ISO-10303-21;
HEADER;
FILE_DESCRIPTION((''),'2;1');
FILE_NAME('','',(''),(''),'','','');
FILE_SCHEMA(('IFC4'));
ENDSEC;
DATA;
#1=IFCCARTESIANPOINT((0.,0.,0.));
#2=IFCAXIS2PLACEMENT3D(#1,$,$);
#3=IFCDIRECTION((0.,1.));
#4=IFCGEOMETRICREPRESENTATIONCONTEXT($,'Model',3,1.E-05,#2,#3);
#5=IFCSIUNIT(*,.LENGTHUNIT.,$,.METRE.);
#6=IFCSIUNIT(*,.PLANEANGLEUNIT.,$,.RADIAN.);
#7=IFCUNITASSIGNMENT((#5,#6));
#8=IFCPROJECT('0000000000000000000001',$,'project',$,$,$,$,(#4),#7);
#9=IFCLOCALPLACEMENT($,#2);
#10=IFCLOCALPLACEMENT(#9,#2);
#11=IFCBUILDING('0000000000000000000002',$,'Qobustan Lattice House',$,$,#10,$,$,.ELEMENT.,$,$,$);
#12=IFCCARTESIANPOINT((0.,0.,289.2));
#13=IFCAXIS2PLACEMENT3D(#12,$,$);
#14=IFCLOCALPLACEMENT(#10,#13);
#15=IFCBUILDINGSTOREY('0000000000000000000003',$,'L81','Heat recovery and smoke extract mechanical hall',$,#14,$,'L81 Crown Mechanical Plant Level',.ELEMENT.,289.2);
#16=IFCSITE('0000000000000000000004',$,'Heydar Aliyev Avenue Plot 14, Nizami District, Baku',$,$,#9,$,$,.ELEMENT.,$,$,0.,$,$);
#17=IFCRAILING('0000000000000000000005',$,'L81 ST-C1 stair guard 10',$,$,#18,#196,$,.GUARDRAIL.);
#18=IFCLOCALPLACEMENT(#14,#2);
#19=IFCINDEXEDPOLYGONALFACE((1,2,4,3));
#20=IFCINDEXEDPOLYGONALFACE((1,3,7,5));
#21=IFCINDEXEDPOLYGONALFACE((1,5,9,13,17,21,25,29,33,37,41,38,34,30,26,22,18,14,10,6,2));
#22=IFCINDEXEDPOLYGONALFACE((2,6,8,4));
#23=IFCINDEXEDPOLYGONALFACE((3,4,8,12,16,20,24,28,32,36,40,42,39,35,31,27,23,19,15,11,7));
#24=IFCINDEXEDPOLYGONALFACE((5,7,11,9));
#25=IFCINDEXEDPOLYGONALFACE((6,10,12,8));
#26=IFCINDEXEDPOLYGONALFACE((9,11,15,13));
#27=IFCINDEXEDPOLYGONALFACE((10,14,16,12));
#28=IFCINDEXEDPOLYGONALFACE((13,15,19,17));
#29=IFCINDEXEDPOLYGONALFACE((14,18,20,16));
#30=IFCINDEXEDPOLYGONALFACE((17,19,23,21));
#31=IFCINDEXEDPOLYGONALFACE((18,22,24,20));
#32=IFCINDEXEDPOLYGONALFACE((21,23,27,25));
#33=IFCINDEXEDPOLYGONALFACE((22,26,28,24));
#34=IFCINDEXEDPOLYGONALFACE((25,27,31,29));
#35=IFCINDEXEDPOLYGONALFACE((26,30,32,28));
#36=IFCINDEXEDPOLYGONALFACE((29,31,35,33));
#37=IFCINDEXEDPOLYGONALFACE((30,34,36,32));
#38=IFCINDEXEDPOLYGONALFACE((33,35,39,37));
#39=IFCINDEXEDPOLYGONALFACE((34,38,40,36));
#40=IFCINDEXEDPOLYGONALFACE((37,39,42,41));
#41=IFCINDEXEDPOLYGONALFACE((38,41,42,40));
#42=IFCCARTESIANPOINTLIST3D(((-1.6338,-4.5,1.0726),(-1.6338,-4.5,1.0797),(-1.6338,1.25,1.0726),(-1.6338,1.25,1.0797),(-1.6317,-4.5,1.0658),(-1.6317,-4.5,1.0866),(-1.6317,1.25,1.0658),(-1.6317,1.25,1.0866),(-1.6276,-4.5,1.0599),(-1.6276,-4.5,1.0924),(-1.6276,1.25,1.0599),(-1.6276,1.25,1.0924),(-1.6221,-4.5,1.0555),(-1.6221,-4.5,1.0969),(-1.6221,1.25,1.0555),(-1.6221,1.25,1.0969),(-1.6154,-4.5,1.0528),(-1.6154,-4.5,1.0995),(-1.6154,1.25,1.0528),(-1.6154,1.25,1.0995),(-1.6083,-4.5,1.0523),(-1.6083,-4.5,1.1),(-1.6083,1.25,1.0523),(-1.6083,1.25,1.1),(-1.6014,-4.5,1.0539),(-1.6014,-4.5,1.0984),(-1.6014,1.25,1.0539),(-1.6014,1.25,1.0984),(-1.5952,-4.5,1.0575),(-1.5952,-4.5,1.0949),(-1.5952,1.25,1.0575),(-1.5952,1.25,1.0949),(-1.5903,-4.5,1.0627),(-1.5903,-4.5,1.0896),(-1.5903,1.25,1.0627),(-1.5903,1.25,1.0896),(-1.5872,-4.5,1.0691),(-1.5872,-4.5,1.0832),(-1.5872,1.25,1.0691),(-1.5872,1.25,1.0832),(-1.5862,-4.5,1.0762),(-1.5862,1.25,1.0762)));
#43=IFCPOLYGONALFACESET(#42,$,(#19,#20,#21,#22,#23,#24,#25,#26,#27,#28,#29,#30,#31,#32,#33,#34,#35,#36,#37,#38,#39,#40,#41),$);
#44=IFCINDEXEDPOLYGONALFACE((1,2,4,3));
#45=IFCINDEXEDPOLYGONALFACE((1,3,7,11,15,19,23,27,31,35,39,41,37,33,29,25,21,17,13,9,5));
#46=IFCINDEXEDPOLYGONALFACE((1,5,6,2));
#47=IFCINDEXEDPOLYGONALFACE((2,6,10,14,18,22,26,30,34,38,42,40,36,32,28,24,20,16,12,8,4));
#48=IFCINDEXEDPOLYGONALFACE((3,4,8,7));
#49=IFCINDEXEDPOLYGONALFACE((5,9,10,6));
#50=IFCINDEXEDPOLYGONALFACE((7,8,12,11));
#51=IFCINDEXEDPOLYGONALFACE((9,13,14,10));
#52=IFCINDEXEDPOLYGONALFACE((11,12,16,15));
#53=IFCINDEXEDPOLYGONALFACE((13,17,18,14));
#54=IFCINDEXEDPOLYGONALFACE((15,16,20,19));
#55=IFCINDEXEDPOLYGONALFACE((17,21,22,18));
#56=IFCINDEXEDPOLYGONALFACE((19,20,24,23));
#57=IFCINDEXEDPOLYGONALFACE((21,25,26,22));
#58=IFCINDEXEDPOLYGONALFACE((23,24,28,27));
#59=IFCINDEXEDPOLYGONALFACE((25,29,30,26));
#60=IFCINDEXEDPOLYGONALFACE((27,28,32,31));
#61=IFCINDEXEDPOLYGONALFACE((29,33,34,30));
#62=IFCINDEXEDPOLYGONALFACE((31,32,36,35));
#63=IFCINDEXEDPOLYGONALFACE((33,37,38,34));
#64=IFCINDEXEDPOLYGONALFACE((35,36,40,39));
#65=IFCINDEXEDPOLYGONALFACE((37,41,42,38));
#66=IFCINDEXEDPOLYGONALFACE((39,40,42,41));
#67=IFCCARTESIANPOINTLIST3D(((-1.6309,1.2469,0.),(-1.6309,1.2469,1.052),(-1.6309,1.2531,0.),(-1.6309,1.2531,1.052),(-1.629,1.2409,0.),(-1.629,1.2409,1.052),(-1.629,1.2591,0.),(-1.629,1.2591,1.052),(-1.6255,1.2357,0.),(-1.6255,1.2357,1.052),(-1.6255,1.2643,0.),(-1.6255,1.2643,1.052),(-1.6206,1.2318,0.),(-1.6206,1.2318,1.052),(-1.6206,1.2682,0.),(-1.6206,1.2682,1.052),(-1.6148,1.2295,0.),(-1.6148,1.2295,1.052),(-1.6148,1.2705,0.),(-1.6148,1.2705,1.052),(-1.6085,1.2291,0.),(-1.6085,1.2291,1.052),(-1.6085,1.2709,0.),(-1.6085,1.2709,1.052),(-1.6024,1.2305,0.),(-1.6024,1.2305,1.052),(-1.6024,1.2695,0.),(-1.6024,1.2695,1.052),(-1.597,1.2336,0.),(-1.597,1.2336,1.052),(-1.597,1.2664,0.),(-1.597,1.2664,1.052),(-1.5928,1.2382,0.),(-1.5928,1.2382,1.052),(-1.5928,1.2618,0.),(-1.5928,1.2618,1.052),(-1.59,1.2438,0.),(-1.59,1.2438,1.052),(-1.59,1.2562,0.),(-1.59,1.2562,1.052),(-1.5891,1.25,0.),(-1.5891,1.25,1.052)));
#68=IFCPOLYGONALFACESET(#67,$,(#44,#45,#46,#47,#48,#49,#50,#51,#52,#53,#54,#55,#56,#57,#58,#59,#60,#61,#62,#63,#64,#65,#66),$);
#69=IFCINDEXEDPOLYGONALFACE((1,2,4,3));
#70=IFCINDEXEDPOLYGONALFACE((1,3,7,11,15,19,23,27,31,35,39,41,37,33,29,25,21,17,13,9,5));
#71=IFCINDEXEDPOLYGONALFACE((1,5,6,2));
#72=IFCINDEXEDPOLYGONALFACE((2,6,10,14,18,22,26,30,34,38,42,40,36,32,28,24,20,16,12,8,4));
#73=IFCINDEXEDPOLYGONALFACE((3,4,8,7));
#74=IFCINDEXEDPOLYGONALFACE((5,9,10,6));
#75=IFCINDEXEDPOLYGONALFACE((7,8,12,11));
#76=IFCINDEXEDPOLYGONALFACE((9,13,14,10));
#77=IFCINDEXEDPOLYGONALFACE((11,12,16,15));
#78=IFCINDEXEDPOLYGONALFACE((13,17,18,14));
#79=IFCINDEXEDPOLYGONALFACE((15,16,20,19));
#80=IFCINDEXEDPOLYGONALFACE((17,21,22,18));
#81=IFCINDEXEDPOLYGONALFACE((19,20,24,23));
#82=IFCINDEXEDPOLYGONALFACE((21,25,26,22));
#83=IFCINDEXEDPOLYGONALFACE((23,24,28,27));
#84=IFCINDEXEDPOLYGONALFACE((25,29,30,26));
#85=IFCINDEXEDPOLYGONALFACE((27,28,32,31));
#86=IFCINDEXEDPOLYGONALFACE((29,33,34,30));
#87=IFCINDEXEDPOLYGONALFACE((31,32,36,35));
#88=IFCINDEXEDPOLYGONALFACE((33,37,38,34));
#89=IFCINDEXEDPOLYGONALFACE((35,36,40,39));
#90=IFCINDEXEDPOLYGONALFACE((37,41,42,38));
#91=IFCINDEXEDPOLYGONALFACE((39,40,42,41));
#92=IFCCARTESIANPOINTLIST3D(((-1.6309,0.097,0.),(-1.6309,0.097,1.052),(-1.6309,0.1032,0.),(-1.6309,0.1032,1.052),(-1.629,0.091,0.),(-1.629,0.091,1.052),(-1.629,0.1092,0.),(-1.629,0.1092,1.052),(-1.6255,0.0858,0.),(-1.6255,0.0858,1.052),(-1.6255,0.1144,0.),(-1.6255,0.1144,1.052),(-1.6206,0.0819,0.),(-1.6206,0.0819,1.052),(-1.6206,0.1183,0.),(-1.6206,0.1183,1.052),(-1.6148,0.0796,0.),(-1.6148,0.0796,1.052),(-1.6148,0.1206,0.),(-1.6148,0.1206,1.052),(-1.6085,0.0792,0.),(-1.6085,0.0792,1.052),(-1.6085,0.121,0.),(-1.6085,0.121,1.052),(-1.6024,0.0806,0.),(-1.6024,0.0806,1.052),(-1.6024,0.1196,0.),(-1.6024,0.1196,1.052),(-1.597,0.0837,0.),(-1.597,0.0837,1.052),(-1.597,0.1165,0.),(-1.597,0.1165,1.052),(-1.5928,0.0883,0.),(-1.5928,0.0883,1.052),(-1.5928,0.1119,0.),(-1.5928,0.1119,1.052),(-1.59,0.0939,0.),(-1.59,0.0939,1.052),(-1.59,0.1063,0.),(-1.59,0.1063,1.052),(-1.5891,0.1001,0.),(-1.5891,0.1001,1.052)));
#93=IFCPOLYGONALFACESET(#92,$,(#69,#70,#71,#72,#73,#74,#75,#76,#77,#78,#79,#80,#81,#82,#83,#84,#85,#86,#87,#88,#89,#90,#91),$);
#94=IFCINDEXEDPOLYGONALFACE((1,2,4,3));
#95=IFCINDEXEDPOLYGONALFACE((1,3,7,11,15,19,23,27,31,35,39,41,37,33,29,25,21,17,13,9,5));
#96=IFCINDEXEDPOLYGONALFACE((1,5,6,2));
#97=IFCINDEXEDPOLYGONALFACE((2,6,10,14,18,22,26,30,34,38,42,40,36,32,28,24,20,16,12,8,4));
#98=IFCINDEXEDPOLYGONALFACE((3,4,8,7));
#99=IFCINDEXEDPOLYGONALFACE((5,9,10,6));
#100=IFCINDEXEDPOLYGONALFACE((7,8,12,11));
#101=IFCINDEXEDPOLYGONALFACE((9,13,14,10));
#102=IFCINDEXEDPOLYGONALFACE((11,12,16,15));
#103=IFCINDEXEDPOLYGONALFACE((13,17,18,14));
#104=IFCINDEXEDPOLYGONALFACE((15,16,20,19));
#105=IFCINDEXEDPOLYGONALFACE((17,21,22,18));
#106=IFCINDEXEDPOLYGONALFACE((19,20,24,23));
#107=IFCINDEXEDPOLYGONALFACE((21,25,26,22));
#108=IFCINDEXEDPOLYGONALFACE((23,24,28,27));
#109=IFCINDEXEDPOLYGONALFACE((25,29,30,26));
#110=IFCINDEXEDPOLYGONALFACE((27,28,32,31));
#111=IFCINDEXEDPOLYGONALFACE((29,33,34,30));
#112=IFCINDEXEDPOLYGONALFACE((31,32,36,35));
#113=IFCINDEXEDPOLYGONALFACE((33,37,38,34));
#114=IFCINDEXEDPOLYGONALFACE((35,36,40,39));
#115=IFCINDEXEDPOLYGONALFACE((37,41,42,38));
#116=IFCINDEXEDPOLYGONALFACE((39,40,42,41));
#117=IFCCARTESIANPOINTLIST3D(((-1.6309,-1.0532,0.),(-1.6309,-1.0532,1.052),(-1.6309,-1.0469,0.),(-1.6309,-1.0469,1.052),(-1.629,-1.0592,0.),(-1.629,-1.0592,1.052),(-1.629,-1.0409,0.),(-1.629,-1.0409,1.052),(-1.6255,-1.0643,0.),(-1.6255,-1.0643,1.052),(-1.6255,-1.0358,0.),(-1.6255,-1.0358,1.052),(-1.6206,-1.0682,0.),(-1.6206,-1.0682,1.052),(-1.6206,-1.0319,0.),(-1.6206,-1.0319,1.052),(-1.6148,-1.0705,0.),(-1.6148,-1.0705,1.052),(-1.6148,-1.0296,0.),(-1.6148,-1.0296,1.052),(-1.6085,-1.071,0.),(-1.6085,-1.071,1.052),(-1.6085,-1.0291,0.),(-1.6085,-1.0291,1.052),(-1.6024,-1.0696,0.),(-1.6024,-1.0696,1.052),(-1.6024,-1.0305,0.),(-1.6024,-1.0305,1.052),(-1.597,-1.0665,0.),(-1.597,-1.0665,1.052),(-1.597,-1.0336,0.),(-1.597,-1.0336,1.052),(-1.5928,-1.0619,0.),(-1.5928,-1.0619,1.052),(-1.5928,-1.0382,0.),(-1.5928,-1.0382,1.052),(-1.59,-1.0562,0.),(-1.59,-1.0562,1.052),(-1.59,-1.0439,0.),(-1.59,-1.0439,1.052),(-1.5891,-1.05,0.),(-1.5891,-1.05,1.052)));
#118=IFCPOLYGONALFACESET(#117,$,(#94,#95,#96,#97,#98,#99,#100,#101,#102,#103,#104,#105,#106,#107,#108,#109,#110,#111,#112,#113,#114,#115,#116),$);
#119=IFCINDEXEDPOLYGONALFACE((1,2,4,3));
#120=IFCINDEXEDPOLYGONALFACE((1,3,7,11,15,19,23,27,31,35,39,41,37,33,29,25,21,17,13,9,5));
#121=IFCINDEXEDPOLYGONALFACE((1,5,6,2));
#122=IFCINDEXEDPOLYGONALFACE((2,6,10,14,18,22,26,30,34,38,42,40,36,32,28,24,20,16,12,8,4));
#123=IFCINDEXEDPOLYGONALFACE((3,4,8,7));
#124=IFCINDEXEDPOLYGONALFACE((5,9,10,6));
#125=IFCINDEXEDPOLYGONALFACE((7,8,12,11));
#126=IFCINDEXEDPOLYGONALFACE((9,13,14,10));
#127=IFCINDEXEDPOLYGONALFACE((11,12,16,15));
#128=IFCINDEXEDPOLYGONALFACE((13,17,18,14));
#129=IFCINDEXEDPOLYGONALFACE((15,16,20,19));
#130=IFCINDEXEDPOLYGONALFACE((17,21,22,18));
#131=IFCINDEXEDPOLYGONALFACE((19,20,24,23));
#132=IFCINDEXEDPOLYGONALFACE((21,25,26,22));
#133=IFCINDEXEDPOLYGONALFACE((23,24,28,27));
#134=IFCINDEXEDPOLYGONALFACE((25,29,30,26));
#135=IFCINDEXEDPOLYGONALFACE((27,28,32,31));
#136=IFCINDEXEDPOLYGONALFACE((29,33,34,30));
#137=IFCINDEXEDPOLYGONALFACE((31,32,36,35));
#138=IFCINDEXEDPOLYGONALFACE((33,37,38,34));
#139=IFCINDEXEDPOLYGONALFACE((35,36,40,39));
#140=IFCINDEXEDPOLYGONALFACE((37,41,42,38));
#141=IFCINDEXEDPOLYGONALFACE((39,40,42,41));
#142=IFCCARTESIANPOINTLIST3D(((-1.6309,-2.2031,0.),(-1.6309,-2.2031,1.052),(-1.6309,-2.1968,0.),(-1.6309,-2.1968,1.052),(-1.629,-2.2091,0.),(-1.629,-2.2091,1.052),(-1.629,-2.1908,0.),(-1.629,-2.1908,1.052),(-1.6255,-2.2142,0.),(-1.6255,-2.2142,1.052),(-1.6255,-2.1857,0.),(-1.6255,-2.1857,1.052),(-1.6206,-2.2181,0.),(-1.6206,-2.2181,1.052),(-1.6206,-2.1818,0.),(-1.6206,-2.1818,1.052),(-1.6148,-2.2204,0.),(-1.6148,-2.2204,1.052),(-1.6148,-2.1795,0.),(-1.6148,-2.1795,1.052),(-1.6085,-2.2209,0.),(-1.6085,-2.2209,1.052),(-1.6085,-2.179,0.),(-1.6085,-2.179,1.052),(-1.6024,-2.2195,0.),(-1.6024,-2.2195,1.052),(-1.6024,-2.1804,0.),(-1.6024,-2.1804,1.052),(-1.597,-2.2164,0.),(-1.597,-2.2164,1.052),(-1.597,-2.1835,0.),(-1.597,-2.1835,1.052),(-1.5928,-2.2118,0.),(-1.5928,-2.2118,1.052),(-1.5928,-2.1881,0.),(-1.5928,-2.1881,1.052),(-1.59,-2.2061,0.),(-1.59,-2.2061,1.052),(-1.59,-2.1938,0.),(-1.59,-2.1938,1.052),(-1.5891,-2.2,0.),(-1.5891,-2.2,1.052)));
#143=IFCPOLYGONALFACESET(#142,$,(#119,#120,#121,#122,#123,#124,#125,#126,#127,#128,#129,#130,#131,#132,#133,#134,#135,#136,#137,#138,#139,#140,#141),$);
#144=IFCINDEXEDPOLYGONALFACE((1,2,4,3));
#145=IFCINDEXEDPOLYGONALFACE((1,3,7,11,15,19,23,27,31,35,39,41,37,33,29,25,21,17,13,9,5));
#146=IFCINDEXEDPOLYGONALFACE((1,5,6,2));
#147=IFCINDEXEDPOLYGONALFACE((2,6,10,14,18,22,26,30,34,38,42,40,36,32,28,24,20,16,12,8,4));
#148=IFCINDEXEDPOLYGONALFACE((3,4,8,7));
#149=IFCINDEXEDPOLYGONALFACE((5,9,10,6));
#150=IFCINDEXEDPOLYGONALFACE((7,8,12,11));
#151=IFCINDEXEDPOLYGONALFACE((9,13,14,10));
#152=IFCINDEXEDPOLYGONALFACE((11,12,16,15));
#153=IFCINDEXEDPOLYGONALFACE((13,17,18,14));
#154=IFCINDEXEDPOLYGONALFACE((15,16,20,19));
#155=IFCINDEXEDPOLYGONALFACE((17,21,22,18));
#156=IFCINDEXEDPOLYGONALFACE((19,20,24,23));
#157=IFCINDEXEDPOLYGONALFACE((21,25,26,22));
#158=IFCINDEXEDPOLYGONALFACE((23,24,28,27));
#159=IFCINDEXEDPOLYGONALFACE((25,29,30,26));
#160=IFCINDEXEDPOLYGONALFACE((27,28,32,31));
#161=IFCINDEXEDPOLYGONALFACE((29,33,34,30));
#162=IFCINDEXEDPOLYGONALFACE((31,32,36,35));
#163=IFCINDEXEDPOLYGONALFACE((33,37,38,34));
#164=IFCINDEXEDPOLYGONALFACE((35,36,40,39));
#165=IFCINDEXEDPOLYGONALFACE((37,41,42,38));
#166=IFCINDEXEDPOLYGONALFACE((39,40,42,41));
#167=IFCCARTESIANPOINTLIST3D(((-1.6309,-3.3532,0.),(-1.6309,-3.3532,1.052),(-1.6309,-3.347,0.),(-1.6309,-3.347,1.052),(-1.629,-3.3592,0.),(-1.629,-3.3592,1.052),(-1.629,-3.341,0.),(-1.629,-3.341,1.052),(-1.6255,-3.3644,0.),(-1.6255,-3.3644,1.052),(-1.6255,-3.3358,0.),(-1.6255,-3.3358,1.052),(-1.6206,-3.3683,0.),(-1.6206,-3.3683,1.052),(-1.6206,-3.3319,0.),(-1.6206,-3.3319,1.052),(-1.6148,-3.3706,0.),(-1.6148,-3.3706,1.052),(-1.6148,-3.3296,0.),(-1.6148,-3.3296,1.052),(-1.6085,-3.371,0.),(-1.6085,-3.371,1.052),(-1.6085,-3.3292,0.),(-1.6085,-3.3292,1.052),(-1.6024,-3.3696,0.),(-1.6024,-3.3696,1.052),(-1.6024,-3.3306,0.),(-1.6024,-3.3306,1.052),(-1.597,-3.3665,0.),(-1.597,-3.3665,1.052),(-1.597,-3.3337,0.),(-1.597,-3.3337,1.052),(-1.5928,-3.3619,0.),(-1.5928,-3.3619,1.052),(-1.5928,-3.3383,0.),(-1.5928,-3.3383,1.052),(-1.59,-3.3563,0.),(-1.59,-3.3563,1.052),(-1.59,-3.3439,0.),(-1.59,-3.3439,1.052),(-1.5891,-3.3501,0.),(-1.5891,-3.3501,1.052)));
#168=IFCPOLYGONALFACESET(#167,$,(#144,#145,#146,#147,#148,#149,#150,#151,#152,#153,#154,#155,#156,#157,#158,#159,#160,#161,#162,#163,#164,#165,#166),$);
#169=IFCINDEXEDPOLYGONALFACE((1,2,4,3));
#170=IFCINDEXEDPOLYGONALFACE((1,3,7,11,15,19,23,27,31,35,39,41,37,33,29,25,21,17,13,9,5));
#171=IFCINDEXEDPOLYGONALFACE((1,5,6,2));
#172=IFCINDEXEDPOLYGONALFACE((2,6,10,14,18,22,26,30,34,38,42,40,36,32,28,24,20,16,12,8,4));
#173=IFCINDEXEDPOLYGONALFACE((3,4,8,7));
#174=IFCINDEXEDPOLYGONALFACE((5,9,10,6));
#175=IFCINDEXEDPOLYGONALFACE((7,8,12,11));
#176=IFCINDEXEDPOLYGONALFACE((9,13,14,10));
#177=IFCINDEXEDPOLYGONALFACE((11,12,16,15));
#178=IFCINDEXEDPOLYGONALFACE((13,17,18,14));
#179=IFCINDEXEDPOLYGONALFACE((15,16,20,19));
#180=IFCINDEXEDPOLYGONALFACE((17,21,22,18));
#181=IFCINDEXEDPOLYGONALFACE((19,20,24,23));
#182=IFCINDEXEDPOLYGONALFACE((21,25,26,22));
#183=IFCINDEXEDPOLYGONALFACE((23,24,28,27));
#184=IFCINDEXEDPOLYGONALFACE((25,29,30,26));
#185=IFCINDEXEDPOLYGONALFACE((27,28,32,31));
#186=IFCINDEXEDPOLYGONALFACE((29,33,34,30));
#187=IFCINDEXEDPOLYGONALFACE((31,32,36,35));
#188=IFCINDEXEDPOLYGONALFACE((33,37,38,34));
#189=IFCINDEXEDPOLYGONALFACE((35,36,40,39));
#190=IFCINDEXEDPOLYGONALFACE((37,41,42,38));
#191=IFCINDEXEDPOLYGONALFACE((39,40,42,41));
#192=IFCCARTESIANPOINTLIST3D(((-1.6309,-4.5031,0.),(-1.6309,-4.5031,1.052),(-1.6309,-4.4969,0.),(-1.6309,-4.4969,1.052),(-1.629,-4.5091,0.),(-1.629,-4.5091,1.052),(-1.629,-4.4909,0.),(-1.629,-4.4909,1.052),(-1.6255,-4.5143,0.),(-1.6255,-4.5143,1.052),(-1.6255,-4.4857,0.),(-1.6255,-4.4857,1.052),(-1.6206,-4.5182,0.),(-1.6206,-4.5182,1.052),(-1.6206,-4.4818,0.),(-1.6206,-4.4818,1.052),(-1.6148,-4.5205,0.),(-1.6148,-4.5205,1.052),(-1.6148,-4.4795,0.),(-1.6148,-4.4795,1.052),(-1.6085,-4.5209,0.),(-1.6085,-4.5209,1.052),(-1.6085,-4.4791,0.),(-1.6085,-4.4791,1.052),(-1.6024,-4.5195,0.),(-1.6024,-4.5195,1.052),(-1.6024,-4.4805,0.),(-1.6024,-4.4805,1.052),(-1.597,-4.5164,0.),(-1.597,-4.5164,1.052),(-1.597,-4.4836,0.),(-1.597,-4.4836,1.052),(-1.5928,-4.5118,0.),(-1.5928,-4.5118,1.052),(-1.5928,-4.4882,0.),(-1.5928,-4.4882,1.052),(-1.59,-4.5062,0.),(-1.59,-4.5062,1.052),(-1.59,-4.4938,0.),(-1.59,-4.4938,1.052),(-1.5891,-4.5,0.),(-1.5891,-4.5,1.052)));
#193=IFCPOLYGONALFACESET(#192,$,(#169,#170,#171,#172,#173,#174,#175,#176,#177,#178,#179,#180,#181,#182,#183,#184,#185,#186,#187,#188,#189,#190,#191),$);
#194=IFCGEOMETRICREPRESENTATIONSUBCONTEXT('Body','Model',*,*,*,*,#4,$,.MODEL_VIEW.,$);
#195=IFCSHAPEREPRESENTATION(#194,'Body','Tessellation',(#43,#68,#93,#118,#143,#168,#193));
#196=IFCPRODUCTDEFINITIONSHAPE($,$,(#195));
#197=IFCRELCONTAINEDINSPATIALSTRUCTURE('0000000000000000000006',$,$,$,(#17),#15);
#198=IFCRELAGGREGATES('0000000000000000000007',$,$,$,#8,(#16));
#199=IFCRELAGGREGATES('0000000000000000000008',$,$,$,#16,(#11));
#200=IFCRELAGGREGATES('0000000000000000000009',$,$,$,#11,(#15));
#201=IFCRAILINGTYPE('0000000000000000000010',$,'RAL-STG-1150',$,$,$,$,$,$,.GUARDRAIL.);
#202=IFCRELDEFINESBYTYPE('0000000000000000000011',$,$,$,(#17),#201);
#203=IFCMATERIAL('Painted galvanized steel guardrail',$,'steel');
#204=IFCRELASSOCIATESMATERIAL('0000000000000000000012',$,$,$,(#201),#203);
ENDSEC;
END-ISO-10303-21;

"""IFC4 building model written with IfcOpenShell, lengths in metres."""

from ifc_helpers import new_model, si_unit, direction, frame, origin, origin_2d, place, context, subcontext, project, spatial, circle, extrude, material, type_object, element, save


model = new_model("IFC4")

# Units and contexts
model_context = context("Model", 3, precision=1e-05, world=origin(), true_north=direction((0.0, 1.0)))
body_context = subcontext(model_context, "Body", "Model", "MODEL_VIEW")
ifc_project = project(units=[si_unit("LENGTHUNIT", "METRE"), si_unit("PLANEANGLEUNIT", "RADIAN")], contexts=[model_context])

# Site, building, storey
site_placement = place(None, origin())
site = spatial("IfcSite", under=ifc_project, at=site_placement, Name="Heydar Aliyev Avenue Plot 14, Nizami District, Baku", CompositionType="ELEMENT", RefElevation=0.0)
building_placement = place(site_placement, origin())
building = spatial("IfcBuilding", under=site, at=building_placement, Name="Qobustan Lattice House", CompositionType="ELEMENT")
storey_placement = place(building_placement, frame((0.0, 0.0, 289.2)))
storey = spatial("IfcBuildingStorey", under=building, at=storey_placement, Name="L81", Description="Heat recovery and smoke extract mechanical hall", LongName="L81 Crown Mechanical Plant Level", CompositionType="ELEMENT", Elevation=289.2)

# Railing
ifc_material_1 = material(Name="Painted galvanized steel guardrail", Category="steel")
railing_type_1 = type_object("IfcRailingType", Name="RAL-STG-1150", PredefinedType="GUARDRAIL", material=ifc_material_1)
railing_1_placement = place(storey_placement, frame((-1.6101, 1.25, 0.0)))
element("IfcRailing", 1, at=railing_1_placement, inside=storey, type_object=railing_type_1, Name="L81 ST-C1 stair guard 10", PredefinedType="GUARDRAIL", context=body_context, shape_type="SweptSolid", body=[
    extrude(circle(Radius=0.0239, at=origin_2d()), frame((0.0, 0.0, 1.0762), z_axis=(0.0, -1.0, 0.0), x_axis=(1.0, 0.0, 0.0)), (0.0, 0.0, 1.0), 5.75),
    extrude(circle(Radius=0.021, at=origin_2d()), origin(), (0.0, 0.0, 1.0), 1.052),
    extrude(circle(Radius=0.021, at=origin_2d()), frame((0.0, -1.1499, 0.0)), (0.0, 0.0, 1.0), 1.052),
    extrude(circle(Radius=0.021, at=origin_2d()), frame((0.0, -2.3, 0.0)), (0.0, 0.0, 1.0), 1.052),
    extrude(circle(Radius=0.021, at=origin_2d()), frame((0.0, -3.45, 0.0)), (0.0, 0.0, 1.0), 1.052),
    extrude(circle(Radius=0.021, at=origin_2d()), frame((0.0, -4.6001, 0.0)), (0.0, 0.0, 1.0), 1.052),
    extrude(circle(Radius=0.021, at=origin_2d()), frame((0.0, -5.75, 0.0)), (0.0, 0.0, 1.0), 1.052),
])

save(model, "model.ifc")
